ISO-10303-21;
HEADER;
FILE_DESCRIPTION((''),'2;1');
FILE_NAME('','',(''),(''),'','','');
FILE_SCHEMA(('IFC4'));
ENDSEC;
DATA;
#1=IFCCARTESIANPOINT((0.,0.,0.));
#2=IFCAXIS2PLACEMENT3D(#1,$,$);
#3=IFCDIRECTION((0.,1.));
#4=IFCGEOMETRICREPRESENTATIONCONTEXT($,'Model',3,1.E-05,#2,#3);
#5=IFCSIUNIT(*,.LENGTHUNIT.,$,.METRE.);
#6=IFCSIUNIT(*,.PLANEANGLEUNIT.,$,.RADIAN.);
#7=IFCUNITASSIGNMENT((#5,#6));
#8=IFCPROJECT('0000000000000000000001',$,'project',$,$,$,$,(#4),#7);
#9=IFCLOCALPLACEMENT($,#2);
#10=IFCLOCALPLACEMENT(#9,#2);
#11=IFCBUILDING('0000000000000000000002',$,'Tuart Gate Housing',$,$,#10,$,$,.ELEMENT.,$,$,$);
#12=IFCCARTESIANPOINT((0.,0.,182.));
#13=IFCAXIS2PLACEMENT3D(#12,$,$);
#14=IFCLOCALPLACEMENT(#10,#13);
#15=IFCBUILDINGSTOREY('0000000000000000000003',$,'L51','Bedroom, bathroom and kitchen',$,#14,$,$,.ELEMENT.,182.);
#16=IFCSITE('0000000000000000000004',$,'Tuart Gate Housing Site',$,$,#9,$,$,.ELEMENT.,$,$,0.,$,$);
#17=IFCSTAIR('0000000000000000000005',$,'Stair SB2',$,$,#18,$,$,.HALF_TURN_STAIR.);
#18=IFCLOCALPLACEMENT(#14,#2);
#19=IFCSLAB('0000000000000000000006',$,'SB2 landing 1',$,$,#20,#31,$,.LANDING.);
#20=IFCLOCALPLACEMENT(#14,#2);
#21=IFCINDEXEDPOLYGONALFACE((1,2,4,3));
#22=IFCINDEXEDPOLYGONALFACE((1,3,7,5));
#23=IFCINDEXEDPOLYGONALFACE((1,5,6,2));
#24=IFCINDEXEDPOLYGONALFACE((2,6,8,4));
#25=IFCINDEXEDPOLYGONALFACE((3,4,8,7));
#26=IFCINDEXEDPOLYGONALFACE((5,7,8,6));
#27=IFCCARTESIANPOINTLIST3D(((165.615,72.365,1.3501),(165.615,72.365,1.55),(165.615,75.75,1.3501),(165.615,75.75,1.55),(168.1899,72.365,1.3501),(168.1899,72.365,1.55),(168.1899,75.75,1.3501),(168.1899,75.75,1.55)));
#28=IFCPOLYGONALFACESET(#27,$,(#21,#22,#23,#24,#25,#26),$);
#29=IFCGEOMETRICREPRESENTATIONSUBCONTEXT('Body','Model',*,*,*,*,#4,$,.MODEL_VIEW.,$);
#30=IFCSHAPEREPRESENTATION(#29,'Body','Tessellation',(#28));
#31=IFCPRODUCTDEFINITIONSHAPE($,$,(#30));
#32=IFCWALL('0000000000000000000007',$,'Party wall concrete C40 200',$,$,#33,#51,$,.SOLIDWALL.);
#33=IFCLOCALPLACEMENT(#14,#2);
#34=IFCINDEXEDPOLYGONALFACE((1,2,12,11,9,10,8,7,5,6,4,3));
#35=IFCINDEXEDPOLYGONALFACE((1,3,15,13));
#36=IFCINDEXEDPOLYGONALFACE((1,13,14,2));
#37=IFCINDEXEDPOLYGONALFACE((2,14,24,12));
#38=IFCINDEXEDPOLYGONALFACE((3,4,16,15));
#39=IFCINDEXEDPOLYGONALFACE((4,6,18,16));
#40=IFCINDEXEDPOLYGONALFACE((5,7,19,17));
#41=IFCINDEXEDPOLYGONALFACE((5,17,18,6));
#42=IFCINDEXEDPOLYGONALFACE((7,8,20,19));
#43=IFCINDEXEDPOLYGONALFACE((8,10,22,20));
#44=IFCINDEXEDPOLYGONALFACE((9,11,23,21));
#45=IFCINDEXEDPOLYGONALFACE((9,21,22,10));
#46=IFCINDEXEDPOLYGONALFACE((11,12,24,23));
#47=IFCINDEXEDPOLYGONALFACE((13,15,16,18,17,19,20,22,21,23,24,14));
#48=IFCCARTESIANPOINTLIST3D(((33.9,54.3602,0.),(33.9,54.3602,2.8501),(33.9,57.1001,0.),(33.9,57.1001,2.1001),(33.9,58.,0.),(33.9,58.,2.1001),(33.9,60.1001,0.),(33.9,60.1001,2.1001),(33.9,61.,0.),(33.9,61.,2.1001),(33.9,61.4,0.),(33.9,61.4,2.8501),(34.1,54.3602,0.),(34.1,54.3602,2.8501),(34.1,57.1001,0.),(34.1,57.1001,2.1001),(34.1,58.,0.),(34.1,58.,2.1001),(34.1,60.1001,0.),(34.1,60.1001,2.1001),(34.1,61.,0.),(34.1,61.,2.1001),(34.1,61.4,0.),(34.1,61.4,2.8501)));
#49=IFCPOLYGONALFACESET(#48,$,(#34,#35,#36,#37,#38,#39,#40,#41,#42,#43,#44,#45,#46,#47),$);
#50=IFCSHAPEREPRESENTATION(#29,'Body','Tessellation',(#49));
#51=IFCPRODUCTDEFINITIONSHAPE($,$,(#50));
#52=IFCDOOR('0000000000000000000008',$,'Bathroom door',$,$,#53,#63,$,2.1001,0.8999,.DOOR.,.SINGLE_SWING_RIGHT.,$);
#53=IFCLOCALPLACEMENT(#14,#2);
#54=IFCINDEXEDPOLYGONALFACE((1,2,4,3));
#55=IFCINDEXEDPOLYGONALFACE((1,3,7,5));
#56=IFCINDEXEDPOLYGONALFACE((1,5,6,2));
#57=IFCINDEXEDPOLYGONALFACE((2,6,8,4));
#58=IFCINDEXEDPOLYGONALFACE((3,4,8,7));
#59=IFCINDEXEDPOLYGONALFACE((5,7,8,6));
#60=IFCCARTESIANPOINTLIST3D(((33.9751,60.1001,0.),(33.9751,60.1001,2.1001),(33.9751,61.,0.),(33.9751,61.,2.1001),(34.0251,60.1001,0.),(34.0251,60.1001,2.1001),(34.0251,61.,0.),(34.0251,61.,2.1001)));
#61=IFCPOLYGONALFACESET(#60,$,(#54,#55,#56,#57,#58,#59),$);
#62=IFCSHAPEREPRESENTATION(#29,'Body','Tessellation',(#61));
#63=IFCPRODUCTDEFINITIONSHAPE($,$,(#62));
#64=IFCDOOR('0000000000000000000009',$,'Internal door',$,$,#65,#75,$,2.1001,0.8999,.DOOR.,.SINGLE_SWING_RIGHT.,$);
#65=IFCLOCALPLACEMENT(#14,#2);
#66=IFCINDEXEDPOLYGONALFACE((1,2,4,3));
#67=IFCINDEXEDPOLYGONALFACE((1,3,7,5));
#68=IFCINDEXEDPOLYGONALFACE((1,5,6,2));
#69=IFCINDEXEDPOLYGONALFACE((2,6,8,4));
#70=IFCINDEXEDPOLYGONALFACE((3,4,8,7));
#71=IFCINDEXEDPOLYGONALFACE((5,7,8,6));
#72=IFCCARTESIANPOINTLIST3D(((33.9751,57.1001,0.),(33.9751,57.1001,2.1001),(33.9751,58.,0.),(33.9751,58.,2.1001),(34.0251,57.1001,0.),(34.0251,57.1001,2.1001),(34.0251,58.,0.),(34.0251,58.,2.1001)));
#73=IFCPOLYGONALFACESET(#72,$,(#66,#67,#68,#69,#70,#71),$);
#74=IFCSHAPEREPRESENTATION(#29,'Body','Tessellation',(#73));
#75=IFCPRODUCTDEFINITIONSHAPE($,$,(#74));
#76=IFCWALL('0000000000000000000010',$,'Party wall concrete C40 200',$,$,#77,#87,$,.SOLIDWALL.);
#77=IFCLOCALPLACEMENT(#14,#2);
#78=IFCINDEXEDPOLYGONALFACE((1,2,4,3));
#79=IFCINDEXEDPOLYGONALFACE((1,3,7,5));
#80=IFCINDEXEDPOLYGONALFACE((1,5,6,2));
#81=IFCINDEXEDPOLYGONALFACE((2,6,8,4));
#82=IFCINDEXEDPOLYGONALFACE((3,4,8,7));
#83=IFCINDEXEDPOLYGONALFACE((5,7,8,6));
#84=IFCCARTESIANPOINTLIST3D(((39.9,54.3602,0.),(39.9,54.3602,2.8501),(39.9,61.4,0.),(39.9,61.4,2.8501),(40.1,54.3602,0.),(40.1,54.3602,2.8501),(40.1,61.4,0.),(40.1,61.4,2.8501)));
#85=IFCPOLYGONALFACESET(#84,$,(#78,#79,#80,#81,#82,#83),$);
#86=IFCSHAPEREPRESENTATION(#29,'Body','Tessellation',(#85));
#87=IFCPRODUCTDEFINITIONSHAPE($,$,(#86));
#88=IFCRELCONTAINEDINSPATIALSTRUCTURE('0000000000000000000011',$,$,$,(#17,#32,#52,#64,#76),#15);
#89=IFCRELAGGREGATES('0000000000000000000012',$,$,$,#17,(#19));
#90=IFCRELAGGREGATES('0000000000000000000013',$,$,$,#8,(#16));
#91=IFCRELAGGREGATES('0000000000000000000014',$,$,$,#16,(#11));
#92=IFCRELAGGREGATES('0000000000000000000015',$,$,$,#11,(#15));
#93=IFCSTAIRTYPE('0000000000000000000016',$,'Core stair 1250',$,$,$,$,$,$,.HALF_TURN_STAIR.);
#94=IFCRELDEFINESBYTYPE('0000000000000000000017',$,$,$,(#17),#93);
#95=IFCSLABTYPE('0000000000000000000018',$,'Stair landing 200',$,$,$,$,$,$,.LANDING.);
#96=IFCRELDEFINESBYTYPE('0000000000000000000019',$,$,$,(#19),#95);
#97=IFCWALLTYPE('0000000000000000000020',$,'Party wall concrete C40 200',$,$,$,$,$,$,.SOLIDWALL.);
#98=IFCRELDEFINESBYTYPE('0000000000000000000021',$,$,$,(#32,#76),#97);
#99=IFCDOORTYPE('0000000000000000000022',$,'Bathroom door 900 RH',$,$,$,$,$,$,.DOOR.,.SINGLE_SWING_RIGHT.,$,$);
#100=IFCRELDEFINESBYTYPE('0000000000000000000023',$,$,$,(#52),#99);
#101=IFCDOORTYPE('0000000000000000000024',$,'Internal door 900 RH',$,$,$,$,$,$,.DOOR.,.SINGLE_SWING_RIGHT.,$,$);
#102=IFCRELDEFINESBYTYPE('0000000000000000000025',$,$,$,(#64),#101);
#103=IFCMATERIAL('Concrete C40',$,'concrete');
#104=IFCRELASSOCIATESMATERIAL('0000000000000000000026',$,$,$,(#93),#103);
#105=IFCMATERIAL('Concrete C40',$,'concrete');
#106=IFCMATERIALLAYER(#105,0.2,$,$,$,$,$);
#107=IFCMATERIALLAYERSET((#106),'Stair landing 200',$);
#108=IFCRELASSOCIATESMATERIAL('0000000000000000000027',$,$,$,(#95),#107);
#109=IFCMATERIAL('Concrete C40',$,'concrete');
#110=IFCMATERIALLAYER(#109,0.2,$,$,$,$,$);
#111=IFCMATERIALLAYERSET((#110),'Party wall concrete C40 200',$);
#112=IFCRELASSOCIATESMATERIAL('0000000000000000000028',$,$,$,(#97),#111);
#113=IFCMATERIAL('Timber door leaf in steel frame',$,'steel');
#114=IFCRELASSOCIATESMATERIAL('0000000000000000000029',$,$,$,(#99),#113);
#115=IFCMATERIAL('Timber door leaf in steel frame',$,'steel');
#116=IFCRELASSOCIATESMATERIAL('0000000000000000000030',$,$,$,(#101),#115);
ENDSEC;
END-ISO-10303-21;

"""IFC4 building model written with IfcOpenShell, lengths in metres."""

from ifc_helpers import new_model, si_unit, direction, frame, frame_2d, origin, place, context, subcontext, project, spatial, polyline, rectangle, outline, extrude, material, layer, layer_set, type_object, element, fill, aggregate, save


model = new_model("IFC4")

# Units and contexts
model_context = context("Model", 3, precision=1e-05, world=origin(), true_north=direction((0.0, 1.0)))
body_context = subcontext(model_context, "Body", "Model", "MODEL_VIEW")
ifc_project = project(units=[si_unit("LENGTHUNIT", "METRE"), si_unit("PLANEANGLEUNIT", "RADIAN")], contexts=[model_context])

# Site, building, storey
site_placement = place(None, origin())
site = spatial("IfcSite", under=ifc_project, at=site_placement, Name="Tuart Gate Housing Site", CompositionType="ELEMENT", RefElevation=0.0)
building_placement = place(site_placement, origin())
building = spatial("IfcBuilding", under=site, at=building_placement, Name="Tuart Gate Housing", CompositionType="ELEMENT")
storey_placement = place(building_placement, frame((0.0, 0.0, 182.0)))
storey = spatial("IfcBuildingStorey", under=building, at=storey_placement, Name="L51", Description="Bedroom, bathroom and kitchen", CompositionType="ELEMENT", Elevation=182.0)

# Stair, slab
ifc_material_1 = material(Name="Concrete C40", Category="concrete")
stair_type = type_object("IfcStairType", Name="Core stair 1250", PredefinedType="HALF_TURN_STAIR", material=ifc_material_1)
stair_placement = place(storey_placement, origin())
stair = element("IfcStair", 1, at=stair_placement, inside=storey, type_object=stair_type, Name="Stair SB2", PredefinedType="HALF_TURN_STAIR")
ifc_material_2 = material(Name="Concrete C40", Category="concrete")
ifc_layer_1 = layer(ifc_material_2, 0.2)
ifc_layer_set_1 = layer_set([ifc_layer_1], Name="Stair landing 200")
slab_type = type_object("IfcSlabType", Name="Stair landing 200", PredefinedType="LANDING", material=ifc_layer_set_1)
slab_placement = place(storey_placement, frame((0.0, 0.0, 1.3501)))
slab = element("IfcSlab", 2, at=slab_placement, type_object=slab_type, Name="SB2 landing 1", PredefinedType="LANDING", context=body_context, shape_type="SweptSolid", body=[
    extrude(outline(polyline([(165.615, 72.365), (168.1899, 72.365), (168.1899, 75.75), (165.615, 75.75), (165.615, 72.365)])), origin(), (0.0, 0.0, 1.0), 0.2),
])
aggregate(stair, [slab])

# Wall, openings, doors
ifc_material_3 = material(Name="Concrete C40", Category="concrete")
ifc_layer_2 = layer(ifc_material_3, 0.2)
ifc_layer_set_2 = layer_set([ifc_layer_2], Name="Party wall concrete C40 200")
wall_type_1 = type_object("IfcWallType", Name="Party wall concrete C40 200", PredefinedType="SOLIDWALL", material=ifc_layer_set_2)
wall_1_placement = place(storey_placement, frame((34.0, 54.3601, 0.0), z_axis=(0.0, 0.0, 1.0), x_axis=(0.0, 1.0, 0.0)))
wall_1 = element("IfcWall", 3, at=wall_1_placement, inside=storey, type_object=wall_type_1, Name="Party wall concrete C40 200", PredefinedType="SOLIDWALL", context=body_context, shape_type="SweptSolid", body=[
    extrude(rectangle(XDim=7.0398, YDim=0.2, at=frame_2d((3.52, 0.0))), origin(), (0.0, 0.0, 1.0), 2.8501),
])
opening_1_placement = place(wall_1_placement, frame((2.74, 0.0, 0.0)))
opening_1 = element("IfcOpeningElement", 4, at=opening_1_placement, cuts=wall_1, PredefinedType="OPENING", context=body_context, shape_type="SweptSolid", body=[
    extrude(rectangle(XDim=0.8999, YDim=2.1001, at=frame_2d((0.45, 1.05))), frame((0.0, 0.1099, 0.0), z_axis=(0.0, -1.0, 0.0), x_axis=(1.0, 0.0, 0.0)), (0.0, 0.0, 1.0), 0.22),
])
opening_2_placement = place(wall_1_placement, frame((5.74, 0.0, 0.0)))
opening_2 = element("IfcOpeningElement", 5, at=opening_2_placement, cuts=wall_1, PredefinedType="OPENING", context=body_context, shape_type="SweptSolid", body=[
    extrude(rectangle(XDim=0.8999, YDim=2.1001, at=frame_2d((0.45, 1.05))), frame((0.0, 0.1099, 0.0), z_axis=(0.0, -1.0, 0.0), x_axis=(1.0, 0.0, 0.0)), (0.0, 0.0, 1.0), 0.22),
])
ifc_material_4 = material(Name="Timber door leaf in steel frame", Category="steel")
door_type_1 = type_object("IfcDoorType", Name="Bathroom door 900 RH", OperationType="SINGLE_SWING_RIGHT", PredefinedType="DOOR", material=ifc_material_4)
door_1_placement = place(opening_2_placement, origin())
door_1 = element("IfcDoor", 6, at=door_1_placement, inside=storey, type_object=door_type_1, Name="Bathroom door", OperationType="SINGLE_SWING_RIGHT", OverallHeight=2.1001, OverallWidth=0.8999, PredefinedType="DOOR", context=body_context, shape_type="SweptSolid", body=[
    extrude(rectangle(XDim=0.8999, YDim=2.1001, at=frame_2d((0.45, 1.05))), frame((0.0, 0.0249, 0.0), z_axis=(0.0, -1.0, 0.0), x_axis=(1.0, 0.0, 0.0)), (0.0, 0.0, 1.0), 0.05),
])
fill(opening_2, door_1)
ifc_material_5 = material(Name="Timber door leaf in steel frame", Category="steel")
door_type_2 = type_object("IfcDoorType", Name="Internal door 900 RH", OperationType="SINGLE_SWING_RIGHT", PredefinedType="DOOR", material=ifc_material_5)
door_2_placement = place(opening_1_placement, origin())
door_2 = element("IfcDoor", 7, at=door_2_placement, inside=storey, type_object=door_type_2, Name="Internal door", OperationType="SINGLE_SWING_RIGHT", OverallHeight=2.1001, OverallWidth=0.8999, PredefinedType="DOOR", context=body_context, shape_type="SweptSolid", body=[
    extrude(rectangle(XDim=0.8999, YDim=2.1001, at=frame_2d((0.45, 1.05))), frame((0.0, 0.0249, 0.0), z_axis=(0.0, -1.0, 0.0), x_axis=(1.0, 0.0, 0.0)), (0.0, 0.0, 1.0), 0.05),
])
fill(opening_1, door_2)

# Wall
wall_2_placement = place(storey_placement, frame((40.0, 54.3601, 0.0), z_axis=(0.0, 0.0, 1.0), x_axis=(0.0, 1.0, 0.0)))
element("IfcWall", 8, at=wall_2_placement, inside=storey, type_object=wall_type_1, Name="Party wall concrete C40 200", PredefinedType="SOLIDWALL", context=body_context, shape_type="SweptSolid", body=[
    extrude(rectangle(XDim=7.0398, YDim=0.2, at=frame_2d((3.52, 0.0))), origin(), (0.0, 0.0, 1.0), 2.8501),
])

save(model, "model.ifc")
